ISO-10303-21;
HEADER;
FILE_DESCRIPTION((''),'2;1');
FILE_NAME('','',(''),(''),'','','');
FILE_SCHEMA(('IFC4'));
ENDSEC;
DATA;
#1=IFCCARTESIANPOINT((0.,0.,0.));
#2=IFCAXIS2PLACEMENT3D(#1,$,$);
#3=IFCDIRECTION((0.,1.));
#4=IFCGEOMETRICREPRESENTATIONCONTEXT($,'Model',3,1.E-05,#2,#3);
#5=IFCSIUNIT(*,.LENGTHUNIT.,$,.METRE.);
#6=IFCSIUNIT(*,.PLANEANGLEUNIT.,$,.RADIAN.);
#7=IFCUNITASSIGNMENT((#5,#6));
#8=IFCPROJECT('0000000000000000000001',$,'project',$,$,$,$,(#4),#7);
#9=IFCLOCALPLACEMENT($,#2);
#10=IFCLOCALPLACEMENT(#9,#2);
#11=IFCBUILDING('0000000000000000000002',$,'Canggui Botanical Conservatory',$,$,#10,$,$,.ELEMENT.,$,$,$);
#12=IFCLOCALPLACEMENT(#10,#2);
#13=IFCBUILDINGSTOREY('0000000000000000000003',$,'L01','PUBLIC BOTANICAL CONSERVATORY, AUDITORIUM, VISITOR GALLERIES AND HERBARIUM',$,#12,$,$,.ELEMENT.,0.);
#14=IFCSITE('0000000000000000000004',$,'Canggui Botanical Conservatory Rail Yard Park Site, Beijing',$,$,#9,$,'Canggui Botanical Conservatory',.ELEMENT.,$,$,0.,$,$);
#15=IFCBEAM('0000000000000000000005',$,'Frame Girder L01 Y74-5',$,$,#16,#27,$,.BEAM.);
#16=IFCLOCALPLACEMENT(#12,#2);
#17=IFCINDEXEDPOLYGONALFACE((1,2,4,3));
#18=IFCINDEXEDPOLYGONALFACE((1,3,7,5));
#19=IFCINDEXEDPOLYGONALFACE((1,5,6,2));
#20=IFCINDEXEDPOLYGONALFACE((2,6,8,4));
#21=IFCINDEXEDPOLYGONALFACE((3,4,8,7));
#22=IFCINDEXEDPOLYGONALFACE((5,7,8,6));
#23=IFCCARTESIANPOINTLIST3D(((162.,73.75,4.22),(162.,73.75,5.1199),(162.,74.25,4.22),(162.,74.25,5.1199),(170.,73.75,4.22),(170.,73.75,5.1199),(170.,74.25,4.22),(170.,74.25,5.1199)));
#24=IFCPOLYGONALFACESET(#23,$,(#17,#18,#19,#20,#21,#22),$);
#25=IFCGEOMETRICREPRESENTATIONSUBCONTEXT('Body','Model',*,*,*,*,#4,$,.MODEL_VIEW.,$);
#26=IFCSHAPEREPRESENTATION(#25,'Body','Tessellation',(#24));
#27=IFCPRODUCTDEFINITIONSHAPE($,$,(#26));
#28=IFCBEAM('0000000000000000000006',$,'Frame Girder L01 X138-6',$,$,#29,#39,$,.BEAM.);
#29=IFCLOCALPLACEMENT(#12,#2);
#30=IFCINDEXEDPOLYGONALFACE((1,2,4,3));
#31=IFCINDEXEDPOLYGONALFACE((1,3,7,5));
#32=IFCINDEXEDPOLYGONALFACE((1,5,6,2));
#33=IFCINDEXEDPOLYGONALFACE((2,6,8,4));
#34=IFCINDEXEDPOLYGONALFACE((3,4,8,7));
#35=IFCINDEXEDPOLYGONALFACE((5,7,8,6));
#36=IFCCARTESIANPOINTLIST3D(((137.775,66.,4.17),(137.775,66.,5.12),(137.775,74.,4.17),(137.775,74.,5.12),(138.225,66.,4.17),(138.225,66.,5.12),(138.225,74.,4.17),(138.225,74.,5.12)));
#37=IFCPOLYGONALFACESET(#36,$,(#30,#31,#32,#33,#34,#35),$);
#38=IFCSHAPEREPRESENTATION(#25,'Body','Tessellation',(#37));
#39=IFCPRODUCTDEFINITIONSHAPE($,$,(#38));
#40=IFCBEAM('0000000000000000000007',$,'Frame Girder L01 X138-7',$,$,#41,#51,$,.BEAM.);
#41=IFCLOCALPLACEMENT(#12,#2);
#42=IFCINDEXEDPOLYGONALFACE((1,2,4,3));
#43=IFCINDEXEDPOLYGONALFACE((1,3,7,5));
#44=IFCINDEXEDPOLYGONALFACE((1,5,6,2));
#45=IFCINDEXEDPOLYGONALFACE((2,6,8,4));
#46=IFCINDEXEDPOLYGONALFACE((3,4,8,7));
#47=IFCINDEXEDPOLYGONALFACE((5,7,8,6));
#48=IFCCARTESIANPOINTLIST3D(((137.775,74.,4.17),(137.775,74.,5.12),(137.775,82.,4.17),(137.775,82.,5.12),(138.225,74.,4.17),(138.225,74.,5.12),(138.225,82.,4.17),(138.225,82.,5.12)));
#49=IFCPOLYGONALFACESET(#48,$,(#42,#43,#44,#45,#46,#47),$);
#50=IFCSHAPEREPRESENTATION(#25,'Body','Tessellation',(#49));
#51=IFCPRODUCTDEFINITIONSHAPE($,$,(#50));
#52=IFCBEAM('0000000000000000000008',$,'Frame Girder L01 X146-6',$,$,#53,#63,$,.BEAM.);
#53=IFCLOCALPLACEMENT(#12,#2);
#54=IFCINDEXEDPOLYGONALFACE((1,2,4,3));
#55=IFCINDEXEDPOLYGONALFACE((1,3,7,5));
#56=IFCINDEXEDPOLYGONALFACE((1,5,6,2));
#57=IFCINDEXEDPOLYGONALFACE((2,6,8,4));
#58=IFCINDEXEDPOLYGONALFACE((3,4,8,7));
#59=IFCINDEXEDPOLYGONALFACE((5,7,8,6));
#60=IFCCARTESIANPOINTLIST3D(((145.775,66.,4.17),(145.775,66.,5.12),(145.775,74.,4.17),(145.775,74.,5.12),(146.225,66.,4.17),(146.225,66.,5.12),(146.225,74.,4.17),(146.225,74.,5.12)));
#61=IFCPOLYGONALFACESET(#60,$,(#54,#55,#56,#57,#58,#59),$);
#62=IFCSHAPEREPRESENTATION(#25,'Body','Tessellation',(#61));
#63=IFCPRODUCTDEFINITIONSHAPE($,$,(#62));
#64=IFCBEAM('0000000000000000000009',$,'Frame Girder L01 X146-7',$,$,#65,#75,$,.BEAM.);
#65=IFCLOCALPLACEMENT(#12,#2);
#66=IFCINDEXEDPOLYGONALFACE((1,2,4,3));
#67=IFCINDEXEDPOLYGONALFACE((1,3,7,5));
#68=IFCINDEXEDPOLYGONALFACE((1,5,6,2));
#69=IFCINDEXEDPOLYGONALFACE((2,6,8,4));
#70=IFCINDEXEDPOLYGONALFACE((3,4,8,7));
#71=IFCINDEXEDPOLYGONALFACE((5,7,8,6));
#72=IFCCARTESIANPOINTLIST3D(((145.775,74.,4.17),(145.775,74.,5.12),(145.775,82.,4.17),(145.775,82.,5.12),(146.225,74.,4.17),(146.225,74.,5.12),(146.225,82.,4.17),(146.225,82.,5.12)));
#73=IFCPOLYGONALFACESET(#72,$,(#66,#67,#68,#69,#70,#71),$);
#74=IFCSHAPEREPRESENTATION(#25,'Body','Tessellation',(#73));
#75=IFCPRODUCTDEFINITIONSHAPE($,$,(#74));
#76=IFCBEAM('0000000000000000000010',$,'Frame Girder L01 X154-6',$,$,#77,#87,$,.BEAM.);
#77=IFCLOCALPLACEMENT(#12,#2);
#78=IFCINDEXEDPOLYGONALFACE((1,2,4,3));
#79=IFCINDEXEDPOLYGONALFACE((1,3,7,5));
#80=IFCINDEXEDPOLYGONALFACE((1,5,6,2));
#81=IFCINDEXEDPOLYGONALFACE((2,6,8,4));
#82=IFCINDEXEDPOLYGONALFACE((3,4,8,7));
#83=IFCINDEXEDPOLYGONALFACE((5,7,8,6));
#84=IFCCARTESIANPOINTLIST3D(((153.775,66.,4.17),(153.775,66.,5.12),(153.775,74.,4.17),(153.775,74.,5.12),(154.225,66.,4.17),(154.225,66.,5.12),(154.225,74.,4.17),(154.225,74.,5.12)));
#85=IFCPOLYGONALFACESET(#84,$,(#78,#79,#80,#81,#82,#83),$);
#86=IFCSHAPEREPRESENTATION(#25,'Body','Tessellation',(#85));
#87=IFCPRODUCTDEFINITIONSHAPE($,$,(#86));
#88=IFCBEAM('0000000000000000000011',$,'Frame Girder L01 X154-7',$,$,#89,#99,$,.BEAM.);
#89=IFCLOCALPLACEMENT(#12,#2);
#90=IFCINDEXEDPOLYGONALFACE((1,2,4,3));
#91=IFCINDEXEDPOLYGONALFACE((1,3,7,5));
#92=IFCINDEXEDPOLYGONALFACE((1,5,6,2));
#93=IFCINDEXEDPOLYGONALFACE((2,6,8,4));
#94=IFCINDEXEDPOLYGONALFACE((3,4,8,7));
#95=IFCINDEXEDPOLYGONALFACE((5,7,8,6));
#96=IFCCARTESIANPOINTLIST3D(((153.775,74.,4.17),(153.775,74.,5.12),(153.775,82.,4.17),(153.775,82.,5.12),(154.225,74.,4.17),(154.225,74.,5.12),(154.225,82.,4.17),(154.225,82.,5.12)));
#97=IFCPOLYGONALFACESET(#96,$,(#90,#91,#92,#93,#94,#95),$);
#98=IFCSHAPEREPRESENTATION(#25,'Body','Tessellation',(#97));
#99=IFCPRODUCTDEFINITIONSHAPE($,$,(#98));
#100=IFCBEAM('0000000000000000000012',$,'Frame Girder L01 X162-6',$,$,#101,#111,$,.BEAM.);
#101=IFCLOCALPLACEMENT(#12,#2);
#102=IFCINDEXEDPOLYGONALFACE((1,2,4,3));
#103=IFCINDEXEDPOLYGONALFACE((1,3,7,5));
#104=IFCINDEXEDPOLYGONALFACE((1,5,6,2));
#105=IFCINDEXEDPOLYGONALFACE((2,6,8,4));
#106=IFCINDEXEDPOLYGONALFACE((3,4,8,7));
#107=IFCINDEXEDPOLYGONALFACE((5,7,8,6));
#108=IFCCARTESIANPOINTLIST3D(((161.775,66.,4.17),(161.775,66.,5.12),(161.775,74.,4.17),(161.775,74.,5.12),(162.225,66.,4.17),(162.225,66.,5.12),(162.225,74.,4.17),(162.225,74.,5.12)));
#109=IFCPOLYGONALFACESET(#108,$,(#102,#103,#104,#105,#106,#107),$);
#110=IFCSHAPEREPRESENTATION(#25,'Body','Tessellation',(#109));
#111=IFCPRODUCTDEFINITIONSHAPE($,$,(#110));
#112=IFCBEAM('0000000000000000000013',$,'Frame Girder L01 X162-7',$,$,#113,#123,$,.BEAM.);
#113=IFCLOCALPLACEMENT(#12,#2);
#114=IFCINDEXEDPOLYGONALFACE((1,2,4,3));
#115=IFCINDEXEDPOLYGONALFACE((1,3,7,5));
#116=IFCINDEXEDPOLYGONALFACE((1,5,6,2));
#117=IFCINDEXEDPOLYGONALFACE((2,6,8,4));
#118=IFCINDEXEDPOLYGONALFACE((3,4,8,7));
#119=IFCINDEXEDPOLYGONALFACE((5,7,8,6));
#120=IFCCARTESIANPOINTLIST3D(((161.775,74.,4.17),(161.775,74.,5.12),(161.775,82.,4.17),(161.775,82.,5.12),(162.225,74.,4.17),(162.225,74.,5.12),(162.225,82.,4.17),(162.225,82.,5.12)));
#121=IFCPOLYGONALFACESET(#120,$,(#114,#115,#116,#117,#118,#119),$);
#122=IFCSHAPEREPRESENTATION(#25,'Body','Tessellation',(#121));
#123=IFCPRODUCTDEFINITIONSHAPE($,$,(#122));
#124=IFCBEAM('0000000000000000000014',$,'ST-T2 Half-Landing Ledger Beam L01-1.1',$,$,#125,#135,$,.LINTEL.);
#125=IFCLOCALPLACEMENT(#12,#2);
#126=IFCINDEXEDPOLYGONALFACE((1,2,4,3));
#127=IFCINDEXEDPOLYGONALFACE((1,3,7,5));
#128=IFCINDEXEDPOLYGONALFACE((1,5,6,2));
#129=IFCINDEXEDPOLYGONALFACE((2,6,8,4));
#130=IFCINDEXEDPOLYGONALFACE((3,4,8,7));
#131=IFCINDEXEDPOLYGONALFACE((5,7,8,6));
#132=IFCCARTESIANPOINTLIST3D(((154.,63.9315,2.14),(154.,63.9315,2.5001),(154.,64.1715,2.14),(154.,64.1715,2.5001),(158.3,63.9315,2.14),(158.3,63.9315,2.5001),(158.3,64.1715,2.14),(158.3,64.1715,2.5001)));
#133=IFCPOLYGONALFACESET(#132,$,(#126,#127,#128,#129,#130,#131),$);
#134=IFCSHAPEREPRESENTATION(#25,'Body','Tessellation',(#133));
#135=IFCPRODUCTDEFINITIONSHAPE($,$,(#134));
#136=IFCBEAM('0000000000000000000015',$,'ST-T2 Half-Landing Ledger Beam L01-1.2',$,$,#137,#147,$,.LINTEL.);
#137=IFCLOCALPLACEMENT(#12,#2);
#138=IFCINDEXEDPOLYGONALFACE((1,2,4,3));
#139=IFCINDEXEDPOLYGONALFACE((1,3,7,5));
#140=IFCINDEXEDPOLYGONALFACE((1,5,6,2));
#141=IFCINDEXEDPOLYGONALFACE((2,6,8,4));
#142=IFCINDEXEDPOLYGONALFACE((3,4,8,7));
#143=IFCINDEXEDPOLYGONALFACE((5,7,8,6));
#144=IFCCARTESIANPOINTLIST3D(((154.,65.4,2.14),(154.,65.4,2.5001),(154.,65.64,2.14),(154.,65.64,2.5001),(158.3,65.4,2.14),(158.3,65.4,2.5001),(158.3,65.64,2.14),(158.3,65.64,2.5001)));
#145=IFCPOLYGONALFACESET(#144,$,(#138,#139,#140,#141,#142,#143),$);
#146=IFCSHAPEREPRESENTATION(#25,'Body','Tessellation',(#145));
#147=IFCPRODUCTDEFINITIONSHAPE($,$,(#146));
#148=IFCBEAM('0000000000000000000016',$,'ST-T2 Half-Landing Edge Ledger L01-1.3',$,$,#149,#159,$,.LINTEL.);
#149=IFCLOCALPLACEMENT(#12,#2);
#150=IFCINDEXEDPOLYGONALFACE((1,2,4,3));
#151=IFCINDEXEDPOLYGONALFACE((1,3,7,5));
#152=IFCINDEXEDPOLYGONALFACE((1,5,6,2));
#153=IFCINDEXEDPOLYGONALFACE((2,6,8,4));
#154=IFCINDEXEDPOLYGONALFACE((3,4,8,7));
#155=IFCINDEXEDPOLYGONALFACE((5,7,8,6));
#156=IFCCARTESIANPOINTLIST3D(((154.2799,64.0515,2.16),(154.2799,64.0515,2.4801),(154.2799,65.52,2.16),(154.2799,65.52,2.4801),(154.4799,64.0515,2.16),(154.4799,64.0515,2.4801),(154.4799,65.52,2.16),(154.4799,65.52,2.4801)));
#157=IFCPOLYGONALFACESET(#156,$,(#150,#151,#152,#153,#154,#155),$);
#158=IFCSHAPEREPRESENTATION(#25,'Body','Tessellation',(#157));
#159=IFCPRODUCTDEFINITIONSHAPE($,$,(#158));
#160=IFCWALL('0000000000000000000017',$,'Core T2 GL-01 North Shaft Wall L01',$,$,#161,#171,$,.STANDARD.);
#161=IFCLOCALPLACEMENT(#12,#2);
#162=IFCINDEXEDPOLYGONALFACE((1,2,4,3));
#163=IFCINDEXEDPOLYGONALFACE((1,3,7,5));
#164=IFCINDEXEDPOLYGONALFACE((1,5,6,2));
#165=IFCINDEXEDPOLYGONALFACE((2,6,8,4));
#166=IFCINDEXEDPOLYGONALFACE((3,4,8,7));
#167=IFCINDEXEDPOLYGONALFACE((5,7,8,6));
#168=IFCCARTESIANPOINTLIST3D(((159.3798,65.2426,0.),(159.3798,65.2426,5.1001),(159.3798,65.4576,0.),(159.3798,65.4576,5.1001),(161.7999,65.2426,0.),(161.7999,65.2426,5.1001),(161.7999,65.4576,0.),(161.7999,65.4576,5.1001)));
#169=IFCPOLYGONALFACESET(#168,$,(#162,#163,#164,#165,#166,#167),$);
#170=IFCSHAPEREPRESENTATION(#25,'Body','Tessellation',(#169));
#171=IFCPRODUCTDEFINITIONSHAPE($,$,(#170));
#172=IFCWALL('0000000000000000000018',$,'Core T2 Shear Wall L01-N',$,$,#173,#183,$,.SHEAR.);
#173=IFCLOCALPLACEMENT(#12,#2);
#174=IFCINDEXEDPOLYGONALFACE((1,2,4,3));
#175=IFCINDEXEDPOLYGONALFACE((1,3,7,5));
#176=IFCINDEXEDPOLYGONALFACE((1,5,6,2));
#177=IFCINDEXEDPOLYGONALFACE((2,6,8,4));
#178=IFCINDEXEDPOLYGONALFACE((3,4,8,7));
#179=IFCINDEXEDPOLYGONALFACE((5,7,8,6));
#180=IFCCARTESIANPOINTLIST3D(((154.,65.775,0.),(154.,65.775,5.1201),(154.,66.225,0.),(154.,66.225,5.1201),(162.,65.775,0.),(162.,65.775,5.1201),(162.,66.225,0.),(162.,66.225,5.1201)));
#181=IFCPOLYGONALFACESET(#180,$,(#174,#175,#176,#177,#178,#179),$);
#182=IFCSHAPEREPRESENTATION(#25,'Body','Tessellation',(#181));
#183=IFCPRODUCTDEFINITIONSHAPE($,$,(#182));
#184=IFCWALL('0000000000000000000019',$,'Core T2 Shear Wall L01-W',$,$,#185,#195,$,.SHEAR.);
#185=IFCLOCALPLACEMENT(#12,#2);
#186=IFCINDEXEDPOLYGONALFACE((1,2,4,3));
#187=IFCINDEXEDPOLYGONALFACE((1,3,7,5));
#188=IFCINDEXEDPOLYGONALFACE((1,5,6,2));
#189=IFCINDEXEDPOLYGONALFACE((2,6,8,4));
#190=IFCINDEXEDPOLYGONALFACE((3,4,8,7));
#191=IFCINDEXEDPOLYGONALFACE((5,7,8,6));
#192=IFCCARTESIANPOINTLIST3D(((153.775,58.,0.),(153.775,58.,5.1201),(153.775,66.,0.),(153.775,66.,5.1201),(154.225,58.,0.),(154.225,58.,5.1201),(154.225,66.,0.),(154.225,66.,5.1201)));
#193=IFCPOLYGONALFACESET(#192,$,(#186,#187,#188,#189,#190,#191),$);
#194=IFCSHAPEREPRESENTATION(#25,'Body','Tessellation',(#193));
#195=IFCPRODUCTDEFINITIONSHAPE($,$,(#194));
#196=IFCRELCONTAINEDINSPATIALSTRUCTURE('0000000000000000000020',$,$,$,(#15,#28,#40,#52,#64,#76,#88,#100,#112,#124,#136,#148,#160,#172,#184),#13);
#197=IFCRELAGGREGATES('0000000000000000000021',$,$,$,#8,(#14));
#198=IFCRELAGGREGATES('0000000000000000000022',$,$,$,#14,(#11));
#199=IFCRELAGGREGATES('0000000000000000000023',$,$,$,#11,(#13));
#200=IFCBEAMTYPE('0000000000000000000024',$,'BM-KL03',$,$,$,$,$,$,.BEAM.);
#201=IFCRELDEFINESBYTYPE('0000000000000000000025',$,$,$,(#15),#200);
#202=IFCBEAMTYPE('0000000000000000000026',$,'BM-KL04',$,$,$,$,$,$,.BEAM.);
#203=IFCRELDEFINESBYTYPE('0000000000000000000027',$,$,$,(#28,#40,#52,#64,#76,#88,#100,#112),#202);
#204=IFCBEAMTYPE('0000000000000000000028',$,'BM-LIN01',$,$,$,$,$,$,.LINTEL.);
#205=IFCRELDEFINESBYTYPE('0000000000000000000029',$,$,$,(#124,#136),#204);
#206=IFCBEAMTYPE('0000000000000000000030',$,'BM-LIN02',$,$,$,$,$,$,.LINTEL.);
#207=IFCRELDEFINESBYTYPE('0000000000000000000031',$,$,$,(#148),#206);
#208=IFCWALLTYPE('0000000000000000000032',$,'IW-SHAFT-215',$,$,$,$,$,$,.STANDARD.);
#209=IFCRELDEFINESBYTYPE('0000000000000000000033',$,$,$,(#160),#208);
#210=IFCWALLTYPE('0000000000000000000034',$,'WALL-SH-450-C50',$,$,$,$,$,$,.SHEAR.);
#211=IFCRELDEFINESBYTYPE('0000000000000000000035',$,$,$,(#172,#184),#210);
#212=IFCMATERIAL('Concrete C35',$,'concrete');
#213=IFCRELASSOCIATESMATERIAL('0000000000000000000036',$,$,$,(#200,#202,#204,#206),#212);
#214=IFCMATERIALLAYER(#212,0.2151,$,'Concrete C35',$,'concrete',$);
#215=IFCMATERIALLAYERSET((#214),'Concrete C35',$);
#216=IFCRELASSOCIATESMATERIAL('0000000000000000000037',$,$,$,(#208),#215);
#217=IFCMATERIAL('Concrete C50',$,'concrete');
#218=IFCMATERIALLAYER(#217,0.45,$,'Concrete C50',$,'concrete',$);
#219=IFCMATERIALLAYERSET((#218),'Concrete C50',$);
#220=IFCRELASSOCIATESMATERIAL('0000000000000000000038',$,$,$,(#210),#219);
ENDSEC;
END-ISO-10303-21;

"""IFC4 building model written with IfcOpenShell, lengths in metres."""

from ifc_helpers import new_model, si_unit, direction, frame, frame_2d, origin, origin_2d, place, context, subcontext, project, spatial, rectangle, extrude, material, layer, layer_set, material_profile, profile_set, type_object, element, save


model = new_model("IFC4")

# Units and contexts
model_context = context("Model", 3, precision=1e-05, world=origin(), true_north=direction((0.0, 1.0)))
body_context = subcontext(model_context, "Body", "Model", "MODEL_VIEW")
ifc_project = project(units=[si_unit("LENGTHUNIT", "METRE"), si_unit("PLANEANGLEUNIT", "RADIAN")], contexts=[model_context])

# Site, building, storey
site_placement = place(None, origin())
site = spatial("IfcSite", under=ifc_project, at=site_placement, Name="Canggui Botanical Conservatory Rail Yard Park Site, Beijing", LongName="Canggui Botanical Conservatory", CompositionType="ELEMENT", RefElevation=0.0)
building_placement = place(site_placement, origin())
building = spatial("IfcBuilding", under=site, at=building_placement, Name="Canggui Botanical Conservatory", CompositionType="ELEMENT")
storey_placement = place(building_placement, origin())
storey = spatial("IfcBuildingStorey", under=building, at=storey_placement, Name="L01", Description="PUBLIC BOTANICAL CONSERVATORY, AUDITORIUM, VISITOR GALLERIES AND HERBARIUM", CompositionType="ELEMENT", Elevation=0.0)

# Shared definitions
ifc_material_1 = material(Name="Concrete C50", Category="concrete")

# Beams
ifc_material_2 = material(Name="Concrete C35", Category="concrete")
ifc_material_profile_1 = material_profile(ifc_material_2, rectangle(XDim=0.5, YDim=0.8999, at=origin_2d()), Name="RB 500x900")
ifc_profile_set_1 = profile_set([ifc_material_profile_1], Name="Concrete C35")
beam_type_1 = type_object("IfcBeamType", Name="BM-KL03", PredefinedType="BEAM", material=ifc_profile_set_1)
for number, where, z_axis, x_axis, name in (
    (1, (162.0, 74.0, 4.6699), (1.0, 0.0, 0.0), (0.0, 1.0, 0.0), "Frame Girder L01 Y74-5"),
):
    element("IfcBeam", number, at=place(storey_placement, frame(where, z_axis=z_axis, x_axis=x_axis)), inside=storey, type_object=beam_type_1, Name=name, PredefinedType="BEAM", context=body_context, shape_type="SweptSolid", body=[
        extrude(rectangle(XDim=0.5, YDim=0.8999, at=origin_2d()), origin(), (0.0, 0.0, 1.0), 8.0),
    ])
ifc_material_profile_2 = material_profile(ifc_material_2, rectangle(XDim=0.45, YDim=0.95, at=origin_2d()), Name="RB 450x950")
ifc_profile_set_2 = profile_set([ifc_material_profile_2], Name="Concrete C35")
beam_type_2 = type_object("IfcBeamType", Name="BM-KL04", PredefinedType="BEAM", material=ifc_profile_set_2)
for number, where, z_axis, x_axis, name in (
    (2, (138.0, 66.0, 4.645), (0.0, 1.0, 0.0), (-1.0, 0.0, 0.0), "Frame Girder L01 X138-6"),
    (3, (138.0, 74.0, 4.645), (0.0, 1.0, 0.0), (-1.0, 0.0, 0.0), "Frame Girder L01 X138-7"),
    (4, (146.0, 66.0, 4.645), (0.0, 1.0, 0.0), (-1.0, 0.0, 0.0), "Frame Girder L01 X146-6"),
    (5, (146.0, 74.0, 4.645), (0.0, 1.0, 0.0), (-1.0, 0.0, 0.0), "Frame Girder L01 X146-7"),
    (6, (154.0, 66.0, 4.645), (0.0, 1.0, 0.0), (-1.0, 0.0, 0.0), "Frame Girder L01 X154-6"),
    (7, (154.0, 74.0, 4.645), (0.0, 1.0, 0.0), (-1.0, 0.0, 0.0), "Frame Girder L01 X154-7"),
    (8, (162.0, 66.0, 4.645), (0.0, 1.0, 0.0), (-1.0, 0.0, 0.0), "Frame Girder L01 X162-6"),
    (9, (162.0, 74.0, 4.645), (0.0, 1.0, 0.0), (-1.0, 0.0, 0.0), "Frame Girder L01 X162-7"),
):
    element("IfcBeam", number, at=place(storey_placement, frame(where, z_axis=z_axis, x_axis=x_axis)), inside=storey, type_object=beam_type_2, Name=name, PredefinedType="BEAM", context=body_context, shape_type="SweptSolid", body=[
        extrude(rectangle(XDim=0.45, YDim=0.95, at=origin_2d()), origin(), (0.0, 0.0, 1.0), 8.0),
    ])
ifc_material_profile_3 = material_profile(ifc_material_2, rectangle(XDim=0.24, YDim=0.3601, at=origin_2d()), Name="RB 240x360")
ifc_profile_set_3 = profile_set([ifc_material_profile_3], Name="Concrete C35")
beam_type_3 = type_object("IfcBeamType", Name="BM-LIN01", PredefinedType="LINTEL", material=ifc_profile_set_3)
for number, where, z_axis, x_axis, name in (
    (10, (154.0, 64.0515, 2.3201), (1.0, 0.0, 0.0), (0.0, 1.0, 0.0), "ST-T2 Half-Landing Ledger Beam L01-1.1"),
    (11, (154.0, 65.52, 2.3201), (1.0, 0.0, 0.0), (0.0, 1.0, 0.0), "ST-T2 Half-Landing Ledger Beam L01-1.2"),
):
    element("IfcBeam", number, at=place(storey_placement, frame(where, z_axis=z_axis, x_axis=x_axis)), inside=storey, type_object=beam_type_3, Name=name, PredefinedType="LINTEL", context=body_context, shape_type="SweptSolid", body=[
        extrude(rectangle(XDim=0.24, YDim=0.3601, at=origin_2d()), origin(), (0.0, 0.0, 1.0), 4.3),
    ])
ifc_material_profile_4 = material_profile(ifc_material_2, rectangle(XDim=0.2, YDim=0.3201, at=origin_2d()), Name="RB 200x320")
ifc_profile_set_4 = profile_set([ifc_material_profile_4], Name="Concrete C35")
beam_type_4 = type_object("IfcBeamType", Name="BM-LIN02", PredefinedType="LINTEL", material=ifc_profile_set_4)
beam_placement = place(storey_placement, frame((154.3799, 64.0515, 2.3201), z_axis=(0.0, 1.0, 0.0), x_axis=(-1.0, 0.0, 0.0)))
element("IfcBeam", 12, at=beam_placement, inside=storey, type_object=beam_type_4, Name="ST-T2 Half-Landing Edge Ledger L01-1.3", PredefinedType="LINTEL", context=body_context, shape_type="SweptSolid", body=[
    extrude(rectangle(XDim=0.2, YDim=0.3201, at=origin_2d()), origin(), (0.0, 0.0, 1.0), 1.4685),
])

# Walls
ifc_layer_1 = layer(ifc_material_2, 0.2151, Name="Concrete C35", Category="concrete")
ifc_layer_set_1 = layer_set([ifc_layer_1], Name="Concrete C35")
wall_type_1 = type_object("IfcWallType", Name="IW-SHAFT-215", PredefinedType="STANDARD", material=ifc_layer_set_1)
wall_placement = place(storey_placement, frame((159.3799, 65.3501, 0.0), z_axis=(0.0, 0.0, 1.0), x_axis=(1.0, 0.0, 0.0)))
element("IfcWall", 13, at=wall_placement, inside=storey, type_object=wall_type_1, Name="Core T2 GL-01 North Shaft Wall L01", PredefinedType="STANDARD", context=body_context, shape_type="SweptSolid", body=[
    extrude(rectangle(XDim=2.4202, YDim=0.2151, at=frame_2d((1.21, 0.0))), origin(), (0.0, 0.0, 1.0), 5.1001),
])
ifc_layer_2 = layer(ifc_material_1, 0.45, Name="Concrete C50", Category="concrete")
ifc_layer_set_2 = layer_set([ifc_layer_2], Name="Concrete C50")
wall_type_2 = type_object("IfcWallType", Name="WALL-SH-450-C50", PredefinedType="SHEAR", material=ifc_layer_set_2)
for number, where, z_axis, x_axis, name in (
    (14, (162.0, 66.0, 0.0), (0.0, 0.0, 1.0), (-1.0, 0.0, 0.0), "Core T2 Shear Wall L01-N"),
    (15, (154.0, 66.0, 0.0), (0.0, 0.0, 1.0), (0.0, -1.0, 0.0), "Core T2 Shear Wall L01-W"),
):
    element("IfcWall", number, at=place(storey_placement, frame(where, z_axis=z_axis, x_axis=x_axis)), inside=storey, type_object=wall_type_2, Name=name, PredefinedType="SHEAR", context=body_context, shape_type="SweptSolid", body=[
        extrude(rectangle(XDim=8.0, YDim=0.45, at=frame_2d((4.0, 0.0))), origin(), (0.0, 0.0, 1.0), 5.1201),
    ])

save(model, "model.ifc")
